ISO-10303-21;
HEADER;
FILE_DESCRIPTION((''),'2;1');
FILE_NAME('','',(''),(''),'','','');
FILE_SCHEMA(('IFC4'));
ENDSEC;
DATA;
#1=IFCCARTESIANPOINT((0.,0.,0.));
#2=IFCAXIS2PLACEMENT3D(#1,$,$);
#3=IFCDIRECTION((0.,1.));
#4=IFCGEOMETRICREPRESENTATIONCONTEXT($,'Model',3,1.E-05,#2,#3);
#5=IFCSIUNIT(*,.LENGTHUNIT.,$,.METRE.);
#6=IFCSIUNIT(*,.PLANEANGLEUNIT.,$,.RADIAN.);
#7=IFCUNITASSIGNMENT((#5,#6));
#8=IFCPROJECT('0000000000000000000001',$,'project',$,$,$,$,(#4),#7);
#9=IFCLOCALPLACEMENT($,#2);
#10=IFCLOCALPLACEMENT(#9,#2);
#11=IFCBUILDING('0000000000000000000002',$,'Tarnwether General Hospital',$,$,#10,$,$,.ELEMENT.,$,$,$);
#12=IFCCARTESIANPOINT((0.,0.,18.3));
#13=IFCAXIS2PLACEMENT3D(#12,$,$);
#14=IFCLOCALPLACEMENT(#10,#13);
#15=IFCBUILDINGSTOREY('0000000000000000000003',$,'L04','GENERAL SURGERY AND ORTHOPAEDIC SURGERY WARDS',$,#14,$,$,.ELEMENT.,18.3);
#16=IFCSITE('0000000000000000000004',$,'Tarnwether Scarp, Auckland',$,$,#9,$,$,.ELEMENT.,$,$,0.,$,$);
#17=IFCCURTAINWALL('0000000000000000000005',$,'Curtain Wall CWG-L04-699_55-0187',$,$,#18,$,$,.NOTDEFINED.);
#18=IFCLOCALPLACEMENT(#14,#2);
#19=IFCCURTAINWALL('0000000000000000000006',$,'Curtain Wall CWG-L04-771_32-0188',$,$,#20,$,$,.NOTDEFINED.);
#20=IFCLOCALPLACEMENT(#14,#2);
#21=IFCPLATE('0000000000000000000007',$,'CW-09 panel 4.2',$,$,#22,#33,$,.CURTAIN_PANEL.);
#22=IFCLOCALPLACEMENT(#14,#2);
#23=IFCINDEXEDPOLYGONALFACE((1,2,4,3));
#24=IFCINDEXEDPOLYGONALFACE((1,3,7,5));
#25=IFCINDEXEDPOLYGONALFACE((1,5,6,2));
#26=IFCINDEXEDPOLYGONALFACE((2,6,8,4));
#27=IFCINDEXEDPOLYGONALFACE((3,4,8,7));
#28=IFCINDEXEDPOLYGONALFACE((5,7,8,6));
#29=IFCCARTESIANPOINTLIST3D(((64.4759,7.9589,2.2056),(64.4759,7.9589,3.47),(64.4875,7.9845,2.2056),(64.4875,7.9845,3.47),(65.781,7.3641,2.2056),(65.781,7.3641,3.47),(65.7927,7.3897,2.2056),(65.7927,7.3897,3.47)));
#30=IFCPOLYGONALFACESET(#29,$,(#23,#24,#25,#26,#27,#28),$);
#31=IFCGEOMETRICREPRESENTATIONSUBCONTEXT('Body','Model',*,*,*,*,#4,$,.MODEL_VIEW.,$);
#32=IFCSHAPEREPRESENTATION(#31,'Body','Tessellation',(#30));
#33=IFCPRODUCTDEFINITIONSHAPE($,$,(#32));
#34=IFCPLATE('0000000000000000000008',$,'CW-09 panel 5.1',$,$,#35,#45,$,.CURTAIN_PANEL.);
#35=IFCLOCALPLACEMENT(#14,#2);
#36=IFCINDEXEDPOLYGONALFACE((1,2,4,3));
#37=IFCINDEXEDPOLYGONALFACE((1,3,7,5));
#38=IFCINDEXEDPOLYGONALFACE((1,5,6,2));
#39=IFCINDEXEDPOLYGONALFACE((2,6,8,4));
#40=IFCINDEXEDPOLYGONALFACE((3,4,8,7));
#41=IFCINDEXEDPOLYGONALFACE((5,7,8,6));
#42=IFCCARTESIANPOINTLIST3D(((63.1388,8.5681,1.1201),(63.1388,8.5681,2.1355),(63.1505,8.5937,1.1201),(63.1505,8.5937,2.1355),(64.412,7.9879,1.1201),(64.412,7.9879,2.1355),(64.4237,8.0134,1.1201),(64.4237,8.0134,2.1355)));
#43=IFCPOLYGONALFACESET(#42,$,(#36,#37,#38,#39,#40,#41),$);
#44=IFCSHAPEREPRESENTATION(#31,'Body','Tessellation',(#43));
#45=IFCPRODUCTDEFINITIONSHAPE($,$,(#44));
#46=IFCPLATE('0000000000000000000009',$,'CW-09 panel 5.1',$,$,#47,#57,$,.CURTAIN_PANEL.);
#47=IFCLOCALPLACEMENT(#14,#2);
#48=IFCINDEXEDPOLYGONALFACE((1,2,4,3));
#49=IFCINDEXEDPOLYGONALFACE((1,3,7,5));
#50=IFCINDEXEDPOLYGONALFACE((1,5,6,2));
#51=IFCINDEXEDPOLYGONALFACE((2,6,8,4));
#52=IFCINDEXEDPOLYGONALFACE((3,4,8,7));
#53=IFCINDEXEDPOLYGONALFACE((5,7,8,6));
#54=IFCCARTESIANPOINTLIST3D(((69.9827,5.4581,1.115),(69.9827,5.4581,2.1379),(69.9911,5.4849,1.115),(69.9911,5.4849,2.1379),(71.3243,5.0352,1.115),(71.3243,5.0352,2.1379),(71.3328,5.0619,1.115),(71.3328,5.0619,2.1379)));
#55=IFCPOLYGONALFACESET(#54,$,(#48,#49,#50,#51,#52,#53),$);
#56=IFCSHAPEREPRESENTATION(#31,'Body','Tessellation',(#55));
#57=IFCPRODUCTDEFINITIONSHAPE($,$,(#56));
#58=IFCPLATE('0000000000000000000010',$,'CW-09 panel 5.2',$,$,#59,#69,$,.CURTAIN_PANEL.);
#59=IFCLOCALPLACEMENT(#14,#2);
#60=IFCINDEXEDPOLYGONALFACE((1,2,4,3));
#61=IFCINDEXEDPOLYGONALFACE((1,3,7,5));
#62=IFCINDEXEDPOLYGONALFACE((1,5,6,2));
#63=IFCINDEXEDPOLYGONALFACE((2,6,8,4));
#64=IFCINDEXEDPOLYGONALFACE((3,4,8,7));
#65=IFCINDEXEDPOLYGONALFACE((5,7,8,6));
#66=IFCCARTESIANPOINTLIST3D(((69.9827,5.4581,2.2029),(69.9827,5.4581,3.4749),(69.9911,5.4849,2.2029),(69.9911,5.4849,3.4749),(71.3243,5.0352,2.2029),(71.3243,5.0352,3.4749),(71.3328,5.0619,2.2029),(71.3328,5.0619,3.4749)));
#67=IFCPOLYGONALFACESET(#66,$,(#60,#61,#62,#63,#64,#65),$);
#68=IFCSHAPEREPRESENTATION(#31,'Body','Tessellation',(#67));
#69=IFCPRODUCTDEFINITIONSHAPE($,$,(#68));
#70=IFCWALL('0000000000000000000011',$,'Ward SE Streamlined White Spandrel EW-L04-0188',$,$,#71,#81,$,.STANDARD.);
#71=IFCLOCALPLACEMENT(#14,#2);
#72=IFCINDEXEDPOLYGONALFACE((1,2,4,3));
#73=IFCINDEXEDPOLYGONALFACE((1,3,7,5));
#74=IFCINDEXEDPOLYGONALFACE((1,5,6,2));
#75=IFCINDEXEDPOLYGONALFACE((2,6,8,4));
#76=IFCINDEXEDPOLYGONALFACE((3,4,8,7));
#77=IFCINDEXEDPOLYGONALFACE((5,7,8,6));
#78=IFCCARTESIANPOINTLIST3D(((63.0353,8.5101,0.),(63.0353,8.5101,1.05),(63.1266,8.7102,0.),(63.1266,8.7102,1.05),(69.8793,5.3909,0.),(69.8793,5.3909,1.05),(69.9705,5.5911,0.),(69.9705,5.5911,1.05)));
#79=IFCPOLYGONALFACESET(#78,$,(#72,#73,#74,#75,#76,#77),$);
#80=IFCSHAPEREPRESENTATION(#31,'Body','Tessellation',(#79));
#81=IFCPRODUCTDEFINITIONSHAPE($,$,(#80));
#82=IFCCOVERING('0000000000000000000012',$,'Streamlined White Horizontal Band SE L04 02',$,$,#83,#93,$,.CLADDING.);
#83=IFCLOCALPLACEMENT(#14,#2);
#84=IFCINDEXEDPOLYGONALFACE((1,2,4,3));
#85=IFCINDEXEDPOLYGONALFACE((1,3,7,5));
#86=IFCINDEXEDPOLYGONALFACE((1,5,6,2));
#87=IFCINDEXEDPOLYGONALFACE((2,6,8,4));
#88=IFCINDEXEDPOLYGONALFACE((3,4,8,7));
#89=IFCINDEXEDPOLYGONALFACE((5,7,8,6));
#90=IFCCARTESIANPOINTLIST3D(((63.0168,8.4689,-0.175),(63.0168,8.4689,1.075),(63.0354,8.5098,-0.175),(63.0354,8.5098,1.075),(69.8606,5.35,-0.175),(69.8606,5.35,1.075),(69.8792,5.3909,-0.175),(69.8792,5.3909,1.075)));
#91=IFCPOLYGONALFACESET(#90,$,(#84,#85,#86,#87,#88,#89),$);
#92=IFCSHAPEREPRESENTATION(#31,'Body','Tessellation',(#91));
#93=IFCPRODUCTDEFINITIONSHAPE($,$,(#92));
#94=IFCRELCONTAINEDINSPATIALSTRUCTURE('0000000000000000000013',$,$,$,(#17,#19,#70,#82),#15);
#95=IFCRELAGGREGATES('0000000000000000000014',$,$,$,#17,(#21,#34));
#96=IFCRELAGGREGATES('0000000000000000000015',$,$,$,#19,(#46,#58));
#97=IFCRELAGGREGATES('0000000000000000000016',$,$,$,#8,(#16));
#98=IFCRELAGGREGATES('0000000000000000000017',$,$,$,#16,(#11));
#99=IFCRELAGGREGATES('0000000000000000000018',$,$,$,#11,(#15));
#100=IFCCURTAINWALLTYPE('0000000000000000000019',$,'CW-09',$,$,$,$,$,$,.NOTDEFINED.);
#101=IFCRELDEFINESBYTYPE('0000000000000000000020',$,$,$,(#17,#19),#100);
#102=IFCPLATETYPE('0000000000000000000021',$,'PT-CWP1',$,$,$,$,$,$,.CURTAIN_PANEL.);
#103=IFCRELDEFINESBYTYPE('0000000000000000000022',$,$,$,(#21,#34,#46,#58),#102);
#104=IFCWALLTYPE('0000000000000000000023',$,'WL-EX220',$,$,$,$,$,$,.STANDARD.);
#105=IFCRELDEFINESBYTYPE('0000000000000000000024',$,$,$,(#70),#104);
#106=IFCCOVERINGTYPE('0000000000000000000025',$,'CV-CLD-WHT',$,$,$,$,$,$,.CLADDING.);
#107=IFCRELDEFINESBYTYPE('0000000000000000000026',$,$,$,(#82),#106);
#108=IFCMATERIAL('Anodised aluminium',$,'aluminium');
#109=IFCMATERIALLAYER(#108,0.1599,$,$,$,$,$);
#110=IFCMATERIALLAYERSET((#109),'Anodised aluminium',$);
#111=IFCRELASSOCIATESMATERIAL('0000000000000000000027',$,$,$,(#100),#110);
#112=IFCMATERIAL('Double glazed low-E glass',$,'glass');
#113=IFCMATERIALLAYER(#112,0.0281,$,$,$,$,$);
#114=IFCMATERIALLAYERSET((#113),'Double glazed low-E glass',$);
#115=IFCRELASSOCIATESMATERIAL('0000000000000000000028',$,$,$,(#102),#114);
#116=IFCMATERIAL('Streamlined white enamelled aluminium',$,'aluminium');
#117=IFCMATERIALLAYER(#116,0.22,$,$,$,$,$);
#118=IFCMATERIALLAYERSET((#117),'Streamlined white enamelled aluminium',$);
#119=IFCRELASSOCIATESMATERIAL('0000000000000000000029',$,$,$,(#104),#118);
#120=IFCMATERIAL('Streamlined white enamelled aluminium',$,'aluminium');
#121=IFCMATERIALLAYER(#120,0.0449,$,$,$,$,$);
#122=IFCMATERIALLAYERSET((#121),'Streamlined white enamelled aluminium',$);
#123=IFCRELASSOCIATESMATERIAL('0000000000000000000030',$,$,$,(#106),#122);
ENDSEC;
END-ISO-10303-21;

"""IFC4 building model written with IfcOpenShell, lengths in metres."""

from ifc_helpers import new_model, si_unit, direction, frame, frame_2d, origin, origin_2d, place, context, subcontext, project, spatial, rectangle, extrude, material, layer, layer_set, type_object, element, aggregate, save


model = new_model("IFC4")

# Units and contexts
model_context = context("Model", 3, precision=1e-05, world=origin(), true_north=direction((0.0, 1.0)))
body_context = subcontext(model_context, "Body", "Model", "MODEL_VIEW")
ifc_project = project(units=[si_unit("LENGTHUNIT", "METRE"), si_unit("PLANEANGLEUNIT", "RADIAN")], contexts=[model_context])

# Site, building, storey
site_placement = place(None, origin())
site = spatial("IfcSite", under=ifc_project, at=site_placement, Name="Tarnwether Scarp, Auckland", CompositionType="ELEMENT", RefElevation=0.0)
building_placement = place(site_placement, origin())
building = spatial("IfcBuilding", under=site, at=building_placement, Name="Tarnwether General Hospital", CompositionType="ELEMENT")
storey_placement = place(building_placement, frame((0.0, 0.0, 18.3)))
storey = spatial("IfcBuildingStorey", under=building, at=storey_placement, Name="L04", Description="GENERAL SURGERY AND ORTHOPAEDIC SURGERY WARDS", CompositionType="ELEMENT", Elevation=18.3)

# Curtain wall
ifc_material_1 = material(Name="Anodised aluminium", Category="aluminium")
ifc_layer_1 = layer(ifc_material_1, 0.1599)
ifc_layer_set_1 = layer_set([ifc_layer_1], Name="Anodised aluminium")
curtain_wall_type = type_object("IfcCurtainWallType", Name="CW-09", PredefinedType="NOTDEFINED", material=ifc_layer_set_1)
curtain_wall_1_placement = place(storey_placement, origin())
curtain_wall_1 = element("IfcCurtainWall", 1, at=curtain_wall_1_placement, inside=storey, type_object=curtain_wall_type, Name="Curtain Wall CWG-L04-699_55-0187", PredefinedType="NOTDEFINED")

# Curtain wall
curtain_wall_2_placement = place(storey_placement, origin())
curtain_wall_2 = element("IfcCurtainWall", 2, at=curtain_wall_2_placement, inside=storey, type_object=curtain_wall_type, Name="Curtain Wall CWG-L04-771_32-0188", PredefinedType="NOTDEFINED")

# Plates
ifc_material_2 = material(Name="Double glazed low-E glass", Category="glass")
ifc_layer_2 = layer(ifc_material_2, 0.0281)
ifc_layer_set_2 = layer_set([ifc_layer_2], Name="Double glazed low-E glass")
plate_type = type_object("IfcPlateType", Name="PT-CWP1", PredefinedType="CURTAIN_PANEL", material=ifc_layer_set_2)
plate_1_placement = place(storey_placement, frame((65.1343, 7.6743, 2.2056), z_axis=(0.0, 0.0, 1.0), x_axis=(-0.909961, 0.414694, 0.0)))
plate_1 = element("IfcPlate", 3, at=plate_1_placement, type_object=plate_type, Name="CW-09 panel 4.2", PredefinedType="CURTAIN_PANEL", context=body_context, shape_type="SweptSolid", body=[
    extrude(rectangle(XDim=1.4343, YDim=0.0281, at=origin_2d()), origin(), (0.0, 0.0, 1.0), 1.2644),
])
plate_2_placement = place(storey_placement, frame((63.7812, 8.2908, 1.1201), z_axis=(0.0, 0.0, 1.0), x_axis=(-0.909961, 0.414694, 0.0)))
plate_2 = element("IfcPlate", 4, at=plate_2_placement, type_object=plate_type, Name="CW-09 panel 5.1", PredefinedType="CURTAIN_PANEL", context=body_context, shape_type="SweptSolid", body=[
    extrude(rectangle(XDim=1.3992, YDim=0.0281, at=origin_2d()), origin(), (0.0, 0.0, 1.0), 1.0154),
])
aggregate(curtain_wall_1, [plate_1, plate_2])
plate_3_placement = place(storey_placement, frame((70.6577, 5.26, 1.115), z_axis=(0.0, 0.0, 1.0), x_axis=(-0.953741, 0.300629, 0.0)))
plate_3 = element("IfcPlate", 5, at=plate_3_placement, type_object=plate_type, Name="CW-09 panel 5.1", PredefinedType="CURTAIN_PANEL", context=body_context, shape_type="SweptSolid", body=[
    extrude(rectangle(XDim=1.4067, YDim=0.0281, at=origin_2d()), origin(), (0.0, 0.0, 1.0), 1.0229),
])
plate_4_placement = place(storey_placement, frame((70.6577, 5.26, 2.2029), z_axis=(0.0, 0.0, 1.0), x_axis=(-0.953741, 0.300629, 0.0)))
plate_4 = element("IfcPlate", 6, at=plate_4_placement, type_object=plate_type, Name="CW-09 panel 5.2", PredefinedType="CURTAIN_PANEL", context=body_context, shape_type="SweptSolid", body=[
    extrude(rectangle(XDim=1.4067, YDim=0.0281, at=origin_2d()), origin(), (0.0, 0.0, 1.0), 1.272),
])
aggregate(curtain_wall_2, [plate_3, plate_4])

# Wall
ifc_material_3 = material(Name="Streamlined white enamelled aluminium", Category="aluminium")
ifc_layer_3 = layer(ifc_material_3, 0.22)
ifc_layer_set_3 = layer_set([ifc_layer_3], Name="Streamlined white enamelled aluminium")
wall_type = type_object("IfcWallType", Name="WL-EX220", PredefinedType="STANDARD", material=ifc_layer_set_3)
wall_placement = place(storey_placement, frame((69.925, 5.491, 0.0), z_axis=(0.0, 0.0, 1.0), x_axis=(-0.909954, 0.41471, 0.0)))
element("IfcWall", 7, at=wall_placement, inside=storey, type_object=wall_type, Name="Ward SE Streamlined White Spandrel EW-L04-0188", PredefinedType="STANDARD", context=body_context, shape_type="SweptSolid", body=[
    extrude(rectangle(XDim=7.5212, YDim=0.22, at=frame_2d((3.7607, 0.0))), origin(), (0.0, 0.0, 1.0), 1.05),
])

# Covering
ifc_material_4 = material(Name="Streamlined white enamelled aluminium", Category="aluminium")
ifc_layer_4 = layer(ifc_material_4, 0.0449)
ifc_layer_set_4 = layer_set([ifc_layer_4], Name="Streamlined white enamelled aluminium")
covering_type = type_object("IfcCoveringType", Name="CV-CLD-WHT", PredefinedType="CLADDING", material=ifc_layer_set_4)
covering_placement = place(storey_placement, frame((66.448, 6.9299, -0.175), z_axis=(0.0, 0.0, 1.0), x_axis=(-0.909961, 0.414693, 0.0)))
element("IfcCovering", 8, at=covering_placement, inside=storey, type_object=covering_type, Name="Streamlined White Horizontal Band SE L04 02", PredefinedType="CLADDING", context=body_context, shape_type="SweptSolid", body=[
    extrude(rectangle(XDim=7.521, YDim=0.0449, at=origin_2d()), origin(), (0.0, 0.0, 1.0), 1.25),
])

save(model, "model.ifc")
